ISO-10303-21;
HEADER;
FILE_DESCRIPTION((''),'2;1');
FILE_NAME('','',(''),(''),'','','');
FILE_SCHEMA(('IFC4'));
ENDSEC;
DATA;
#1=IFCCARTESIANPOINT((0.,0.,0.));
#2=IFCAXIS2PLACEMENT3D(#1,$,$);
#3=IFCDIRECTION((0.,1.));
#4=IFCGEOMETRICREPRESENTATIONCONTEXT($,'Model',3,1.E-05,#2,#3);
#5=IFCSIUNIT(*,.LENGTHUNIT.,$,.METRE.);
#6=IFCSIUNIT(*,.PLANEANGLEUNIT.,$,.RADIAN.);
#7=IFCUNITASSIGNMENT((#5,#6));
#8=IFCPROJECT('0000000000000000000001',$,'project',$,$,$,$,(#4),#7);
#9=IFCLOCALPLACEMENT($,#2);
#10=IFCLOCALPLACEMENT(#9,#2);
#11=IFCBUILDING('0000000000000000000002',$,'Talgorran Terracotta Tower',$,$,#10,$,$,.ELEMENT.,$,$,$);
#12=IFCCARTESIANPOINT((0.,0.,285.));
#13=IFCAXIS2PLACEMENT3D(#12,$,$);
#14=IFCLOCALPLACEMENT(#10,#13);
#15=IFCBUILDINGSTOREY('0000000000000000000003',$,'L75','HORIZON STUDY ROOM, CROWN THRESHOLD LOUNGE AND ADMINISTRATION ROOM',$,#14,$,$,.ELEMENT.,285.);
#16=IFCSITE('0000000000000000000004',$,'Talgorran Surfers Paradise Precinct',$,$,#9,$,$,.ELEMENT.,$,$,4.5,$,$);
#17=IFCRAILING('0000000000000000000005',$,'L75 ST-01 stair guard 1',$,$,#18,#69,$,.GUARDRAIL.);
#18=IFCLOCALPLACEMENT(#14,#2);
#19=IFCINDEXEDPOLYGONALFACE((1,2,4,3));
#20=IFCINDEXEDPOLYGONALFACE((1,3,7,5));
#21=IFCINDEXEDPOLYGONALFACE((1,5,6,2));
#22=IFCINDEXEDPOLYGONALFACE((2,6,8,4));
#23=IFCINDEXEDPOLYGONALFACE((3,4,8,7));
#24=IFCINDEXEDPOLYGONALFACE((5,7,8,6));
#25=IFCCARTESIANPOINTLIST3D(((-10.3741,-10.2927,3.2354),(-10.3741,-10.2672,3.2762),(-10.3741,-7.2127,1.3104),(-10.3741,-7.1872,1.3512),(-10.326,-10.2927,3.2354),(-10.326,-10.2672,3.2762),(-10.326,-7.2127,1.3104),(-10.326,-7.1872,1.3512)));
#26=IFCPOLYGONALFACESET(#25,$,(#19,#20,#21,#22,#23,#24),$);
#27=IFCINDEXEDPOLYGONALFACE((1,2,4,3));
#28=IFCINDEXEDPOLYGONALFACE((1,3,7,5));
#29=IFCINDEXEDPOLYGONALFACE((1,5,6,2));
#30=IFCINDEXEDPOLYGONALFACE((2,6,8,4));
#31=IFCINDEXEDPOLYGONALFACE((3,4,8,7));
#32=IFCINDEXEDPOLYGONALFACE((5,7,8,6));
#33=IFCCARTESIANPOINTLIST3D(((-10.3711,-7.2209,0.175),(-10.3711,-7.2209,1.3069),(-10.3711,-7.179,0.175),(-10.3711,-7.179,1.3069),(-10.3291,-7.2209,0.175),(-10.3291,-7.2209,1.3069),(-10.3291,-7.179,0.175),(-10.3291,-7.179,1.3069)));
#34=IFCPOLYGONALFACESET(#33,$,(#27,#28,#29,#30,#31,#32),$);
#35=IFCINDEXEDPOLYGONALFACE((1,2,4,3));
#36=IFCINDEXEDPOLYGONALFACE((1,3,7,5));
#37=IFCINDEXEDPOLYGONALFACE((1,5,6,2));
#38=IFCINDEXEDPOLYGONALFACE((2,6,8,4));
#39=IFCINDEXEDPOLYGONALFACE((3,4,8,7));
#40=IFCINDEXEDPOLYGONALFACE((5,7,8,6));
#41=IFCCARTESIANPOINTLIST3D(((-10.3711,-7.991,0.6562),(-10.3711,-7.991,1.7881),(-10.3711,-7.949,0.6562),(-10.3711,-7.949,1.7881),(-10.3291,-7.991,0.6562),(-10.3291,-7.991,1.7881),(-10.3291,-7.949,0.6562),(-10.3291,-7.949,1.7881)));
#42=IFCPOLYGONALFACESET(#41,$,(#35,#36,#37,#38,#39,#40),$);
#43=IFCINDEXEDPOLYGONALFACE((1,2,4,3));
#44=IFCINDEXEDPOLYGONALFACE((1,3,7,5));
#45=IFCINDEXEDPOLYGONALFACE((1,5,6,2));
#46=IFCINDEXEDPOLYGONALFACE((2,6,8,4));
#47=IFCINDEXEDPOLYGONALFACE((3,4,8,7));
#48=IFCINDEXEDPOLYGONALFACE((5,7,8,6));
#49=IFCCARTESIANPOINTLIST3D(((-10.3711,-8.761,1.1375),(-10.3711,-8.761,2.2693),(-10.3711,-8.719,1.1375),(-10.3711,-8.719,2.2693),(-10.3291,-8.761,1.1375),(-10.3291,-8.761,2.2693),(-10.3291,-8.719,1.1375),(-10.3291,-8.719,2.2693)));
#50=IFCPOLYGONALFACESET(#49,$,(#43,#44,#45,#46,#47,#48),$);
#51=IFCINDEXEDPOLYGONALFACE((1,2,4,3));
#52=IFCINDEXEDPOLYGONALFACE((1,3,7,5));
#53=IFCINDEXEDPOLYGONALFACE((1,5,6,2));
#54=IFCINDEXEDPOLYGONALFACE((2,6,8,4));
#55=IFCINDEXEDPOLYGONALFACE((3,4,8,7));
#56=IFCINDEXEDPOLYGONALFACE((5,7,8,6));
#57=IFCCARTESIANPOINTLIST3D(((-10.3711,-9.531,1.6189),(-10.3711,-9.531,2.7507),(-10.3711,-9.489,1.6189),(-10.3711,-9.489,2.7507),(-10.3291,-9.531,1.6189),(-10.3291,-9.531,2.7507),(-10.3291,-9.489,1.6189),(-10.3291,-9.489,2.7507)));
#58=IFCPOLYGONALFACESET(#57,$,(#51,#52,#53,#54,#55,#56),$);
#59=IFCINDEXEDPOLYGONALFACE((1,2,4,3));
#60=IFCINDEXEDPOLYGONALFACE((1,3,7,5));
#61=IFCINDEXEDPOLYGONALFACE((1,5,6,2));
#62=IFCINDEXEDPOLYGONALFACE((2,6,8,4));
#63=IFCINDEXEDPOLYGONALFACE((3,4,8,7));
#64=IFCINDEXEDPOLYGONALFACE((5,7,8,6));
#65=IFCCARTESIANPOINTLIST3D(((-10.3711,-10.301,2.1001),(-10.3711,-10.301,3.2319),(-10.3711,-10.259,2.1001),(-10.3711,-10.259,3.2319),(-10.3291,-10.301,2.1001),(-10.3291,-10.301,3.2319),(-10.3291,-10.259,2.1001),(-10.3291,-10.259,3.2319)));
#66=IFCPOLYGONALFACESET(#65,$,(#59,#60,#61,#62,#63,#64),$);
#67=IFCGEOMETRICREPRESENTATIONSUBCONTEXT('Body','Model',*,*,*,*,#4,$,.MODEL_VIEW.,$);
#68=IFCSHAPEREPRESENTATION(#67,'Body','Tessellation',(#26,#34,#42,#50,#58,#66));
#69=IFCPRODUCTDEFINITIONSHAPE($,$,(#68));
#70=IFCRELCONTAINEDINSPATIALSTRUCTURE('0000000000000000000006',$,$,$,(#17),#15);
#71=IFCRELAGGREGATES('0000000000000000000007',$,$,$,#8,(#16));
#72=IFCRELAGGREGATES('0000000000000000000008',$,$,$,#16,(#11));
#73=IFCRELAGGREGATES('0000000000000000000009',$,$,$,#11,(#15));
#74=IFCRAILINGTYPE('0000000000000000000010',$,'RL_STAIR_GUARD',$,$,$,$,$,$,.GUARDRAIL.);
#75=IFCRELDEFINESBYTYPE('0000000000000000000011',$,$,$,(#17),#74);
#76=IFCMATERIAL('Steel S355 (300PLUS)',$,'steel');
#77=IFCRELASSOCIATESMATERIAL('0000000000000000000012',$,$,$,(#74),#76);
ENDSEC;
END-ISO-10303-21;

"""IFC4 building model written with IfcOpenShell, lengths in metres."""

from ifc_helpers import new_model, si_unit, direction, frame, origin, origin_2d, place, context, subcontext, project, spatial, rectangle, extrude, material, type_object, element, save


model = new_model("IFC4")

# Units and contexts
model_context = context("Model", 3, precision=1e-05, world=origin(), true_north=direction((0.0, 1.0)))
body_context = subcontext(model_context, "Body", "Model", "MODEL_VIEW")
ifc_project = project(units=[si_unit("LENGTHUNIT", "METRE"), si_unit("PLANEANGLEUNIT", "RADIAN")], contexts=[model_context])

# Site, building, storey
site_placement = place(None, origin())
site = spatial("IfcSite", under=ifc_project, at=site_placement, Name="Talgorran Surfers Paradise Precinct", CompositionType="ELEMENT", RefElevation=4.5)
building_placement = place(site_placement, origin())
building = spatial("IfcBuilding", under=site, at=building_placement, Name="Talgorran Terracotta Tower", CompositionType="ELEMENT")
storey_placement = place(building_placement, frame((0.0, 0.0, 285.0)))
storey = spatial("IfcBuildingStorey", under=building, at=storey_placement, Name="L75", Description="HORIZON STUDY ROOM, CROWN THRESHOLD LOUNGE AND ADMINISTRATION ROOM", CompositionType="ELEMENT", Elevation=285.0)

# Shared definitions
ifc_material_1 = material(Name="Steel S355 (300PLUS)", Category="steel")

# Railing
railing_type = type_object("IfcRailingType", Name="RL_STAIR_GUARD", PredefinedType="GUARDRAIL", material=ifc_material_1)
railing_placement = place(storey_placement, frame((-10.3501, -7.2, 0.175)))
element("IfcRailing", 1, at=railing_placement, inside=storey, type_object=railing_type, Name="L75 ST-01 stair guard 1", PredefinedType="GUARDRAIL", context=body_context, shape_type="SweptSolid", body=[
    extrude(rectangle(XDim=0.0481, YDim=0.0481, at=origin_2d()), frame((0.0, 0.0, 1.1558), z_axis=(0.0, -0.847998, 0.529999), x_axis=(1.0, 0.0, 0.0)), (0.0, 0.0, 1.0), 3.6321),
    extrude(rectangle(XDim=0.042, YDim=0.042, at=origin_2d()), origin(), (0.0, 0.0, 1.0), 1.1318),
    extrude(rectangle(XDim=0.042, YDim=0.042, at=origin_2d()), frame((0.0, -0.77, 0.4812)), (0.0, 0.0, 1.0), 1.1318),
    extrude(rectangle(XDim=0.042, YDim=0.042, at=origin_2d()), frame((0.0, -1.54, 0.9624)), (0.0, 0.0, 1.0), 1.1318),
    extrude(rectangle(XDim=0.042, YDim=0.042, at=origin_2d()), frame((0.0, -2.3101, 1.4438)), (0.0, 0.0, 1.0), 1.1318),
    extrude(rectangle(XDim=0.042, YDim=0.042, at=origin_2d()), frame((0.0, -3.0801, 1.925)), (0.0, 0.0, 1.0), 1.1318),
])

save(model, "model.ifc")
